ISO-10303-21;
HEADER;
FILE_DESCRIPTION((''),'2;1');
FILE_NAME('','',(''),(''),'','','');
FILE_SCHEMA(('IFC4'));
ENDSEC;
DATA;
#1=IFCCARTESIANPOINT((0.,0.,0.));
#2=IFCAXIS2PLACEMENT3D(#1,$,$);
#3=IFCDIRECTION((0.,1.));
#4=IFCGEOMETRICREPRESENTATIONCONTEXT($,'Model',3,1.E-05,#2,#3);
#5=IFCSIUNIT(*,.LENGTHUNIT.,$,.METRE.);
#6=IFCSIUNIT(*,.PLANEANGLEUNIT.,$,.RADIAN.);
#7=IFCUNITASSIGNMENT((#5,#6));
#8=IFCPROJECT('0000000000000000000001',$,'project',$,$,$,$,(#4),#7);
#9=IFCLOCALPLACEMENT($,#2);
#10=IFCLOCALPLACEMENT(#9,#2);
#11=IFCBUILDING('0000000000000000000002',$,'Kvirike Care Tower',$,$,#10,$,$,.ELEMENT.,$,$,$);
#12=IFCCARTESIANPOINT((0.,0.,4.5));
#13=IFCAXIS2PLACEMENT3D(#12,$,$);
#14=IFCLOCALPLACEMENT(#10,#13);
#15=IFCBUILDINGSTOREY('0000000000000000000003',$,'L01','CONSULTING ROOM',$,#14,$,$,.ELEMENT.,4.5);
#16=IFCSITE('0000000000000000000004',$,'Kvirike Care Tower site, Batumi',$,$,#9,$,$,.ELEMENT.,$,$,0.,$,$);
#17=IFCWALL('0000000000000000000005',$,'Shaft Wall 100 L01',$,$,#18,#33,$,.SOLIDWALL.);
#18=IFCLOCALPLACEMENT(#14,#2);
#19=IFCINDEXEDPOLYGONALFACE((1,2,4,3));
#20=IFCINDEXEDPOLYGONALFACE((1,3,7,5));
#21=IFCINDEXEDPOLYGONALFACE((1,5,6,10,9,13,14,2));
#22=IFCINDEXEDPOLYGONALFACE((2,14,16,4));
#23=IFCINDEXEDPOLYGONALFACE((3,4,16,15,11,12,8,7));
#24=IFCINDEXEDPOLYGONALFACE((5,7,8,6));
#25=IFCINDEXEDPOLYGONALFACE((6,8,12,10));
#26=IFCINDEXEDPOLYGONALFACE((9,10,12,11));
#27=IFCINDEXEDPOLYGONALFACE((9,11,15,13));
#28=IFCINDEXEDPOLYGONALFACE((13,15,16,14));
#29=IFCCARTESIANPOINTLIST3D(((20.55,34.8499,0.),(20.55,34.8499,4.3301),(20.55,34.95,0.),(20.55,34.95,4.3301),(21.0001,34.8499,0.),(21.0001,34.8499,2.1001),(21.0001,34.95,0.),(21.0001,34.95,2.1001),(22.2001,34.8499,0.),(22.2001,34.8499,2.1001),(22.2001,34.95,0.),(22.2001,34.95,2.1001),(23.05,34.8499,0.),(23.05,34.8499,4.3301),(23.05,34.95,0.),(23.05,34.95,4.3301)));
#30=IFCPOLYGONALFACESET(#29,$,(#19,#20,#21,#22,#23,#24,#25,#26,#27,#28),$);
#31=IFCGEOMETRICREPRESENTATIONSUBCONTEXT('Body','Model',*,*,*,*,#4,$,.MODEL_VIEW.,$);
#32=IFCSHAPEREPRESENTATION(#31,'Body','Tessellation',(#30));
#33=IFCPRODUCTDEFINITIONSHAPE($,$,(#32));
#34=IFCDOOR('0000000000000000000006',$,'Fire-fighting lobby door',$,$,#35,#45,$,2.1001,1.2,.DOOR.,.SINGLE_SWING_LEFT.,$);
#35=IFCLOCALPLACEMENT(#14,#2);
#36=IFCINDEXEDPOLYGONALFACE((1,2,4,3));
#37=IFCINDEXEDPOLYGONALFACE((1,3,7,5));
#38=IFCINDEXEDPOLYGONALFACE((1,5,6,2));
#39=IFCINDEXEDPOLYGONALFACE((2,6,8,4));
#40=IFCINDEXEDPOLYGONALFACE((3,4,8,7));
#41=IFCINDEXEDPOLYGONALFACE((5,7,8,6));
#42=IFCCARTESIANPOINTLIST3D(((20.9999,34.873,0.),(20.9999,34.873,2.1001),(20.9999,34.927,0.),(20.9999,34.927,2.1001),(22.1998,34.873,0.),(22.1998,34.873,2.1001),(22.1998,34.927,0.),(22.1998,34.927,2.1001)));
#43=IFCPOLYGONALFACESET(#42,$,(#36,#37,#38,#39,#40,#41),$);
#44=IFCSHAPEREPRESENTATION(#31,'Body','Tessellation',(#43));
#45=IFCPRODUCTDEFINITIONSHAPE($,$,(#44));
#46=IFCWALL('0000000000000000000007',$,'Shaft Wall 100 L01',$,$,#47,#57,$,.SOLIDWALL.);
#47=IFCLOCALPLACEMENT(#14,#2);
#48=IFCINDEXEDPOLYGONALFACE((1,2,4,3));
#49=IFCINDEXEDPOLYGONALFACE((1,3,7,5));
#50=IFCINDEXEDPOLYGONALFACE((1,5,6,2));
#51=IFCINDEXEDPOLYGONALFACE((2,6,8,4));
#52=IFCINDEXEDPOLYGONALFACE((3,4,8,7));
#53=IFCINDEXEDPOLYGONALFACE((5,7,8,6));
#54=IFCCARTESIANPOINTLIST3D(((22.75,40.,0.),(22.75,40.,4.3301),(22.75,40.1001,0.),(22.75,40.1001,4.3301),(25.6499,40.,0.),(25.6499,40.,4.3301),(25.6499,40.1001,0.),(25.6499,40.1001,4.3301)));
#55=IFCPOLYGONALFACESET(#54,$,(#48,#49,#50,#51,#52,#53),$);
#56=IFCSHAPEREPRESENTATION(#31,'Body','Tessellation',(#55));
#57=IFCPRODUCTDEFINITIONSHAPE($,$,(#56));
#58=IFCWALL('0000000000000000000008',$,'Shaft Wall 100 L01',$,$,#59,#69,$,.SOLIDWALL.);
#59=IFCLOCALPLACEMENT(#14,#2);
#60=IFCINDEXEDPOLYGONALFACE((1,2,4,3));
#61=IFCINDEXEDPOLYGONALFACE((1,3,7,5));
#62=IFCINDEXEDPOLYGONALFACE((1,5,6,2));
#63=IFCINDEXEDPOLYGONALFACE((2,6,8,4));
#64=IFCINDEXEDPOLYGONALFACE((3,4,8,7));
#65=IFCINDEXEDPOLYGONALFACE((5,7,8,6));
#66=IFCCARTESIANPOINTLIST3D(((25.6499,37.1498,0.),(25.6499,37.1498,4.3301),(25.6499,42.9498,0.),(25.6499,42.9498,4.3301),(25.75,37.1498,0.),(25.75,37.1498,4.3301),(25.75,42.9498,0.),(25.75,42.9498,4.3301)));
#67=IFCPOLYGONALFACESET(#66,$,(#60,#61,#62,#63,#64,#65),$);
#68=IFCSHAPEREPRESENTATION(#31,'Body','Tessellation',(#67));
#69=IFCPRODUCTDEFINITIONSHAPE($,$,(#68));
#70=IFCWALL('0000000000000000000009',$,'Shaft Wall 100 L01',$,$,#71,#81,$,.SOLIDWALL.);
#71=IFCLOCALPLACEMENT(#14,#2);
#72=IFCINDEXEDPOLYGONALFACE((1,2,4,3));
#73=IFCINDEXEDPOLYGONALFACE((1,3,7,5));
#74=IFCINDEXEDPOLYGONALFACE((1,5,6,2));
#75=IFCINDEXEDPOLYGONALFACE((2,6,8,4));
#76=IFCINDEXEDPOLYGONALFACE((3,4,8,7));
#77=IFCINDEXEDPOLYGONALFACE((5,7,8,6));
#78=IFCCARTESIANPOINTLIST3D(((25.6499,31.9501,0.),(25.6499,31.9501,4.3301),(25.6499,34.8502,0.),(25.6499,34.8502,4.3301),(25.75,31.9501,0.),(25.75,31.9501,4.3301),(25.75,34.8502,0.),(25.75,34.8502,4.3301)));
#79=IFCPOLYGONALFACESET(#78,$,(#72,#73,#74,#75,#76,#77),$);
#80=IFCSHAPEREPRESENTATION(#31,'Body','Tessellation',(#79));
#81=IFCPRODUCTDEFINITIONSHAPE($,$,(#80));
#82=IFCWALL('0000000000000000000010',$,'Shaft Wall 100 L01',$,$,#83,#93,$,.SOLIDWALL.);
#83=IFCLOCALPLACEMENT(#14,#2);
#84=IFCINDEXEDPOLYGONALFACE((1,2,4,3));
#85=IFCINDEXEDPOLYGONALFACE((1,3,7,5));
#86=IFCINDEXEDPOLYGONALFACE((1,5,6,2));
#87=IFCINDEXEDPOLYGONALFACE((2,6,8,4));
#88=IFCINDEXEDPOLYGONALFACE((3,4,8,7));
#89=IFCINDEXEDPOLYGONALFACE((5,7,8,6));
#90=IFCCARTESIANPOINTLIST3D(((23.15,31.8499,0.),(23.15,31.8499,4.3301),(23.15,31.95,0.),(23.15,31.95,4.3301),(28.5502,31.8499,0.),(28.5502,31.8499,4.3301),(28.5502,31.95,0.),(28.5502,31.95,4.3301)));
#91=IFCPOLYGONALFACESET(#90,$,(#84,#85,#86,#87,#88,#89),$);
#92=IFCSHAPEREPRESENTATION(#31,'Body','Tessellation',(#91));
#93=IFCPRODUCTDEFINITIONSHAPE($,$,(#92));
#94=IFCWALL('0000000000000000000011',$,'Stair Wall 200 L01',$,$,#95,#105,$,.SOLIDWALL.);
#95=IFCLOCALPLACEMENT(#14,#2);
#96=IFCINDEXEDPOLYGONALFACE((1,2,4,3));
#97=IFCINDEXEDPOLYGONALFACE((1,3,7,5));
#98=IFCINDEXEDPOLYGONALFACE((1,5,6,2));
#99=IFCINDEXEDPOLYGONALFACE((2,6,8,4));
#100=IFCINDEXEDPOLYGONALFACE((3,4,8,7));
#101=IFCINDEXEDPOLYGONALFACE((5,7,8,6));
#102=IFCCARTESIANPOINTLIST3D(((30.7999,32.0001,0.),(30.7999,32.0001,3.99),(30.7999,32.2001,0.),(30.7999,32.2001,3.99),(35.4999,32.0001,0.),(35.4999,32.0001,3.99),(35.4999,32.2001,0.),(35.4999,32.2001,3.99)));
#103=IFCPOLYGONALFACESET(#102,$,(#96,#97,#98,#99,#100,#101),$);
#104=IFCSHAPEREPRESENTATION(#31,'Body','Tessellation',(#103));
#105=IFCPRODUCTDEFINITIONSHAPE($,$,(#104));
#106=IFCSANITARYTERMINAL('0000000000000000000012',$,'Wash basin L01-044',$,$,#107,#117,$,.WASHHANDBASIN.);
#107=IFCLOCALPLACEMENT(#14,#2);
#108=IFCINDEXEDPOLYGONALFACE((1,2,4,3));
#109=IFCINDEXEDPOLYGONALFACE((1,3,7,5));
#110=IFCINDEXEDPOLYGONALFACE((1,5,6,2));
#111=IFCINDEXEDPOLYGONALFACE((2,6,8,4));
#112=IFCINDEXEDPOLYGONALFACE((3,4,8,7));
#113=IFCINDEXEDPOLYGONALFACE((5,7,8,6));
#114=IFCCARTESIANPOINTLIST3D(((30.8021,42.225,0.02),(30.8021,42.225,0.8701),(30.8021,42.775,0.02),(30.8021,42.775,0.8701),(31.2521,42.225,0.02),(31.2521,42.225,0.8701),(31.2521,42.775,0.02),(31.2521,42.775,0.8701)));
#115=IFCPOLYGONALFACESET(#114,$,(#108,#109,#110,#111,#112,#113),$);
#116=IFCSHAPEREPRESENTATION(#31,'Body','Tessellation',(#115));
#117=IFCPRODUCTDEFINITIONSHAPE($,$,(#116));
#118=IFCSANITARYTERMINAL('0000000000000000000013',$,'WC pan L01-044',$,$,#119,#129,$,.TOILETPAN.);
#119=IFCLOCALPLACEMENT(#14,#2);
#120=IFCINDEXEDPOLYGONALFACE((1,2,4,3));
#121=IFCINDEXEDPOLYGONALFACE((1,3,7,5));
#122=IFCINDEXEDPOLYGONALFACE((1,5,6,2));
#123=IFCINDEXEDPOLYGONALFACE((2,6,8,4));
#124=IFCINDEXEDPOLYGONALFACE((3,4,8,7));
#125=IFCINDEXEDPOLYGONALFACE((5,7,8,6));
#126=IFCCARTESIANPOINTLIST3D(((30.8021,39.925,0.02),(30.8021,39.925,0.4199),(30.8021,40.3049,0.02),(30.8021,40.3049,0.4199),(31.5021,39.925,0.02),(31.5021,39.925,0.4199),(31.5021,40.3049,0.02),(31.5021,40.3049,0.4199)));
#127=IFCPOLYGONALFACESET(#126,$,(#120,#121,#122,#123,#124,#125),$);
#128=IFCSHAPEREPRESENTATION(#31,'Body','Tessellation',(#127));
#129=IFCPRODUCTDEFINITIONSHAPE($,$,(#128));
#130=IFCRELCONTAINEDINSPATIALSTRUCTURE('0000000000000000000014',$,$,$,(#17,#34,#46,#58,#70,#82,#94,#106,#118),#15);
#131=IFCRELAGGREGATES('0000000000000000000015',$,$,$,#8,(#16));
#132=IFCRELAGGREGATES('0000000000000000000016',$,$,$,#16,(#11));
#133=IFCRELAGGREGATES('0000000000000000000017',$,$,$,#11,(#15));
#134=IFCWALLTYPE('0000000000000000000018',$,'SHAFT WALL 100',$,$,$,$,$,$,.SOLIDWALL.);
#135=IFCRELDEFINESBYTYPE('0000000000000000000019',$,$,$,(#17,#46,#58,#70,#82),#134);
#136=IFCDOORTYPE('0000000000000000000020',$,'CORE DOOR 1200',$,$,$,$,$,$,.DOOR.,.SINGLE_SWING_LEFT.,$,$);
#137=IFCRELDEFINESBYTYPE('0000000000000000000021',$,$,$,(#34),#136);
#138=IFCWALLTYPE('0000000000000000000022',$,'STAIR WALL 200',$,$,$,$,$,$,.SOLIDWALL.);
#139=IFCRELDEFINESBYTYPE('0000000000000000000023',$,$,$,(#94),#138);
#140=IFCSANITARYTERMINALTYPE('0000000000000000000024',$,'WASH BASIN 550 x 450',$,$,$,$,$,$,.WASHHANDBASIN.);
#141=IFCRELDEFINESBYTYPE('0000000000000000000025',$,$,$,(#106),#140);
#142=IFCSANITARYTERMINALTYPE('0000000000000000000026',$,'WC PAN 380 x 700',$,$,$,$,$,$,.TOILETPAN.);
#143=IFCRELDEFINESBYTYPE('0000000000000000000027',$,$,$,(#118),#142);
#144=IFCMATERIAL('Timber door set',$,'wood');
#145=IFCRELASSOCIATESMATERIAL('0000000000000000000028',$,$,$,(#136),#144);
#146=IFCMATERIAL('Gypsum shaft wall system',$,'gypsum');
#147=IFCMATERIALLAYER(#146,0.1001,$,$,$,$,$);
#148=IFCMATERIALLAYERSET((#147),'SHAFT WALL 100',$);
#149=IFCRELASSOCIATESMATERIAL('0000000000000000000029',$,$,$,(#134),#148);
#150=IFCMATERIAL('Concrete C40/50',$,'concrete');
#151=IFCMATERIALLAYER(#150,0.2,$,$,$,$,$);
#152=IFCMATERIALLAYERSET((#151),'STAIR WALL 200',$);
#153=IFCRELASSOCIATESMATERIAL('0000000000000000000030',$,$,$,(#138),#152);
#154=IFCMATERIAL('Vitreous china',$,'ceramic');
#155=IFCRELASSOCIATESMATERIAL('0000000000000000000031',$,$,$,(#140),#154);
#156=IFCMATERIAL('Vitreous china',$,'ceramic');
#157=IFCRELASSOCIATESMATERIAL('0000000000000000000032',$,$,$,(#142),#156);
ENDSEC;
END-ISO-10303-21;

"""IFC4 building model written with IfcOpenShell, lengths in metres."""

from ifc_helpers import new_model, si_unit, direction, frame, frame_2d, origin, origin_2d, place, context, subcontext, project, spatial, rectangle, extrude, material, layer, layer_set, type_object, element, fill, save


model = new_model("IFC4")

# Units and contexts
model_context = context("Model", 3, precision=1e-05, world=origin(), true_north=direction((0.0, 1.0)))
body_context = subcontext(model_context, "Body", "Model", "MODEL_VIEW")
ifc_project = project(units=[si_unit("LENGTHUNIT", "METRE"), si_unit("PLANEANGLEUNIT", "RADIAN")], contexts=[model_context])

# Site, building, storey
site_placement = place(None, origin())
site = spatial("IfcSite", under=ifc_project, at=site_placement, Name="Kvirike Care Tower site, Batumi", CompositionType="ELEMENT", RefElevation=0.0)
building_placement = place(site_placement, origin())
building = spatial("IfcBuilding", under=site, at=building_placement, Name="Kvirike Care Tower", CompositionType="ELEMENT")
storey_placement = place(building_placement, frame((0.0, 0.0, 4.5)))
storey = spatial("IfcBuildingStorey", under=building, at=storey_placement, Name="L01", Description="CONSULTING ROOM", CompositionType="ELEMENT", Elevation=4.5)

# Shared definitions
ifc_material_1 = material(Name="Timber door set", Category="wood")
door_type_1 = type_object("IfcDoorType", Name="CORE DOOR 1200", OperationType="SINGLE_SWING_LEFT", PredefinedType="DOOR", material=ifc_material_1)

# Shared definitions
ifc_material_2 = material(Name="Gypsum shaft wall system", Category="gypsum")
ifc_layer_1 = layer(ifc_material_2, 0.1001)
ifc_layer_set_1 = layer_set([ifc_layer_1], Name="SHAFT WALL 100")
wall_type_1 = type_object("IfcWallType", Name="SHAFT WALL 100", PredefinedType="SOLIDWALL", material=ifc_layer_set_1)

# Wall, opening, door
wall_1_placement = place(storey_placement, frame((20.55, 34.8999, 0.0), z_axis=(0.0, 0.0, 1.0), x_axis=(1.0, 0.0, 0.0)))
wall_1 = element("IfcWall", 1, at=wall_1_placement, inside=storey, type_object=wall_type_1, Name="Shaft Wall 100 L01", PredefinedType="SOLIDWALL", context=body_context, shape_type="SweptSolid", body=[
    extrude(rectangle(XDim=2.5, YDim=0.1001, at=frame_2d((1.25, 0.0))), origin(), (0.0, 0.0, 1.0), 4.3301),
])
opening_1_placement = place(wall_1_placement, frame((0.45, 0.0, 0.0)))
opening_1 = element("IfcOpeningElement", 2, at=opening_1_placement, cuts=wall_1, PredefinedType="OPENING", context=body_context, shape_type="SweptSolid", body=[
    extrude(rectangle(XDim=1.2, YDim=2.1001, at=frame_2d((0.6001, 1.05))), frame((0.0, 0.0605, 0.0), z_axis=(0.0, -1.0, 0.0), x_axis=(1.0, 0.0, 0.0)), (0.0, 0.0, 1.0), 0.1211),
])
door_1_placement = place(opening_1_placement, frame((1.2, 0.0, 0.0), z_axis=(0.0, 0.0, 1.0), x_axis=(-1.0, 0.0, 0.0)))
door_1 = element("IfcDoor", 3, at=door_1_placement, inside=storey, type_object=door_type_1, Name="Fire-fighting lobby door", OperationType="SINGLE_SWING_LEFT", OverallHeight=2.1001, OverallWidth=1.2, PredefinedType="DOOR", context=body_context, shape_type="SweptSolid", body=[
    extrude(rectangle(XDim=1.2, YDim=2.1001, at=frame_2d((0.6001, 1.05))), frame((0.0, 0.0269, 0.0), z_axis=(0.0, -1.0, 0.0), x_axis=(1.0, 0.0, 0.0)), (0.0, 0.0, 1.0), 0.054),
])
fill(opening_1, door_1)

# Walls
wall_2_placement = place(storey_placement, frame((22.75, 40.05, 0.0), z_axis=(0.0, 0.0, 1.0), x_axis=(1.0, 0.0, 0.0)))
element("IfcWall", 4, at=wall_2_placement, inside=storey, type_object=wall_type_1, Name="Shaft Wall 100 L01", PredefinedType="SOLIDWALL", context=body_context, shape_type="SweptSolid", body=[
    extrude(rectangle(XDim=2.8999, YDim=0.1001, at=frame_2d((1.45, 0.0))), origin(), (0.0, 0.0, 1.0), 4.3301),
])
wall_3_placement = place(storey_placement, frame((25.7, 37.1499, 0.0), z_axis=(0.0, 0.0, 1.0), x_axis=(0.0, 1.0, 0.0)))
element("IfcWall", 5, at=wall_3_placement, inside=storey, type_object=wall_type_1, Name="Shaft Wall 100 L01", PredefinedType="SOLIDWALL", context=body_context, shape_type="SweptSolid", body=[
    extrude(rectangle(XDim=5.8, YDim=0.1001, at=frame_2d((2.8999, 0.0))), origin(), (0.0, 0.0, 1.0), 4.3301),
])
wall_4_placement = place(storey_placement, frame((25.7, 31.95, 0.0), z_axis=(0.0, 0.0, 1.0), x_axis=(0.0, 1.0, 0.0)))
element("IfcWall", 6, at=wall_4_placement, inside=storey, type_object=wall_type_1, Name="Shaft Wall 100 L01", PredefinedType="SOLIDWALL", context=body_context, shape_type="SweptSolid", body=[
    extrude(rectangle(XDim=2.9001, YDim=0.1001, at=frame_2d((1.4502, 0.0))), origin(), (0.0, 0.0, 1.0), 4.3301),
])
wall_5_placement = place(storey_placement, frame((23.1499, 31.8999, 0.0), z_axis=(0.0, 0.0, 1.0), x_axis=(1.0, 0.0, 0.0)))
element("IfcWall", 7, at=wall_5_placement, inside=storey, type_object=wall_type_1, Name="Shaft Wall 100 L01", PredefinedType="SOLIDWALL", context=body_context, shape_type="SweptSolid", body=[
    extrude(rectangle(XDim=5.4001, YDim=0.1001, at=frame_2d((2.7002, 0.0))), origin(), (0.0, 0.0, 1.0), 4.3301),
])
ifc_material_3 = material(Name="Concrete C40/50", Category="concrete")
ifc_layer_2 = layer(ifc_material_3, 0.2)
ifc_layer_set_2 = layer_set([ifc_layer_2], Name="STAIR WALL 200")
wall_type_2 = type_object("IfcWallType", Name="STAIR WALL 200", PredefinedType="SOLIDWALL", material=ifc_layer_set_2)
wall_6_placement = place(storey_placement, frame((35.5, 32.1001, 0.0), z_axis=(0.0, 0.0, 1.0), x_axis=(-1.0, 0.0, 0.0)))
element("IfcWall", 8, at=wall_6_placement, inside=storey, type_object=wall_type_2, Name="Stair Wall 200 L01", PredefinedType="SOLIDWALL", context=body_context, shape_type="SweptSolid", body=[
    extrude(rectangle(XDim=4.7, YDim=0.2, at=frame_2d((2.3501, 0.0))), origin(), (0.0, 0.0, 1.0), 3.99),
])

# Sanitary terminals
ifc_material_4 = material(Name="Vitreous china", Category="ceramic")
sanitary_terminal_type_1 = type_object("IfcSanitaryTerminalType", Name="WASH BASIN 550 x 450", PredefinedType="WASHHANDBASIN", material=ifc_material_4)
sanitary_terminal_1_placement = place(storey_placement, frame((31.0271, 42.5, 0.02), z_axis=(0.0, 0.0, 1.0), x_axis=(0.0, 1.0, 0.0)))
element("IfcSanitaryTerminal", 9, at=sanitary_terminal_1_placement, inside=storey, type_object=sanitary_terminal_type_1, Name="Wash basin L01-044", PredefinedType="WASHHANDBASIN", context=body_context, shape_type="SweptSolid", body=[
    extrude(rectangle(XDim=0.55, YDim=0.45, at=origin_2d()), origin(), (0.0, 0.0, 1.0), 0.8501),
])
ifc_material_5 = material(Name="Vitreous china", Category="ceramic")
sanitary_terminal_type_2 = type_object("IfcSanitaryTerminalType", Name="WC PAN 380 x 700", PredefinedType="TOILETPAN", material=ifc_material_5)
sanitary_terminal_2_placement = place(storey_placement, frame((31.1521, 40.115, 0.02), z_axis=(0.0, 0.0, 1.0), x_axis=(0.0, 1.0, 0.0)))
element("IfcSanitaryTerminal", 10, at=sanitary_terminal_2_placement, inside=storey, type_object=sanitary_terminal_type_2, Name="WC pan L01-044", PredefinedType="TOILETPAN", context=body_context, shape_type="SweptSolid", body=[
    extrude(rectangle(XDim=0.3799, YDim=0.7, at=origin_2d()), origin(), (0.0, 0.0, 1.0), 0.3999),
])

save(model, "model.ifc")
